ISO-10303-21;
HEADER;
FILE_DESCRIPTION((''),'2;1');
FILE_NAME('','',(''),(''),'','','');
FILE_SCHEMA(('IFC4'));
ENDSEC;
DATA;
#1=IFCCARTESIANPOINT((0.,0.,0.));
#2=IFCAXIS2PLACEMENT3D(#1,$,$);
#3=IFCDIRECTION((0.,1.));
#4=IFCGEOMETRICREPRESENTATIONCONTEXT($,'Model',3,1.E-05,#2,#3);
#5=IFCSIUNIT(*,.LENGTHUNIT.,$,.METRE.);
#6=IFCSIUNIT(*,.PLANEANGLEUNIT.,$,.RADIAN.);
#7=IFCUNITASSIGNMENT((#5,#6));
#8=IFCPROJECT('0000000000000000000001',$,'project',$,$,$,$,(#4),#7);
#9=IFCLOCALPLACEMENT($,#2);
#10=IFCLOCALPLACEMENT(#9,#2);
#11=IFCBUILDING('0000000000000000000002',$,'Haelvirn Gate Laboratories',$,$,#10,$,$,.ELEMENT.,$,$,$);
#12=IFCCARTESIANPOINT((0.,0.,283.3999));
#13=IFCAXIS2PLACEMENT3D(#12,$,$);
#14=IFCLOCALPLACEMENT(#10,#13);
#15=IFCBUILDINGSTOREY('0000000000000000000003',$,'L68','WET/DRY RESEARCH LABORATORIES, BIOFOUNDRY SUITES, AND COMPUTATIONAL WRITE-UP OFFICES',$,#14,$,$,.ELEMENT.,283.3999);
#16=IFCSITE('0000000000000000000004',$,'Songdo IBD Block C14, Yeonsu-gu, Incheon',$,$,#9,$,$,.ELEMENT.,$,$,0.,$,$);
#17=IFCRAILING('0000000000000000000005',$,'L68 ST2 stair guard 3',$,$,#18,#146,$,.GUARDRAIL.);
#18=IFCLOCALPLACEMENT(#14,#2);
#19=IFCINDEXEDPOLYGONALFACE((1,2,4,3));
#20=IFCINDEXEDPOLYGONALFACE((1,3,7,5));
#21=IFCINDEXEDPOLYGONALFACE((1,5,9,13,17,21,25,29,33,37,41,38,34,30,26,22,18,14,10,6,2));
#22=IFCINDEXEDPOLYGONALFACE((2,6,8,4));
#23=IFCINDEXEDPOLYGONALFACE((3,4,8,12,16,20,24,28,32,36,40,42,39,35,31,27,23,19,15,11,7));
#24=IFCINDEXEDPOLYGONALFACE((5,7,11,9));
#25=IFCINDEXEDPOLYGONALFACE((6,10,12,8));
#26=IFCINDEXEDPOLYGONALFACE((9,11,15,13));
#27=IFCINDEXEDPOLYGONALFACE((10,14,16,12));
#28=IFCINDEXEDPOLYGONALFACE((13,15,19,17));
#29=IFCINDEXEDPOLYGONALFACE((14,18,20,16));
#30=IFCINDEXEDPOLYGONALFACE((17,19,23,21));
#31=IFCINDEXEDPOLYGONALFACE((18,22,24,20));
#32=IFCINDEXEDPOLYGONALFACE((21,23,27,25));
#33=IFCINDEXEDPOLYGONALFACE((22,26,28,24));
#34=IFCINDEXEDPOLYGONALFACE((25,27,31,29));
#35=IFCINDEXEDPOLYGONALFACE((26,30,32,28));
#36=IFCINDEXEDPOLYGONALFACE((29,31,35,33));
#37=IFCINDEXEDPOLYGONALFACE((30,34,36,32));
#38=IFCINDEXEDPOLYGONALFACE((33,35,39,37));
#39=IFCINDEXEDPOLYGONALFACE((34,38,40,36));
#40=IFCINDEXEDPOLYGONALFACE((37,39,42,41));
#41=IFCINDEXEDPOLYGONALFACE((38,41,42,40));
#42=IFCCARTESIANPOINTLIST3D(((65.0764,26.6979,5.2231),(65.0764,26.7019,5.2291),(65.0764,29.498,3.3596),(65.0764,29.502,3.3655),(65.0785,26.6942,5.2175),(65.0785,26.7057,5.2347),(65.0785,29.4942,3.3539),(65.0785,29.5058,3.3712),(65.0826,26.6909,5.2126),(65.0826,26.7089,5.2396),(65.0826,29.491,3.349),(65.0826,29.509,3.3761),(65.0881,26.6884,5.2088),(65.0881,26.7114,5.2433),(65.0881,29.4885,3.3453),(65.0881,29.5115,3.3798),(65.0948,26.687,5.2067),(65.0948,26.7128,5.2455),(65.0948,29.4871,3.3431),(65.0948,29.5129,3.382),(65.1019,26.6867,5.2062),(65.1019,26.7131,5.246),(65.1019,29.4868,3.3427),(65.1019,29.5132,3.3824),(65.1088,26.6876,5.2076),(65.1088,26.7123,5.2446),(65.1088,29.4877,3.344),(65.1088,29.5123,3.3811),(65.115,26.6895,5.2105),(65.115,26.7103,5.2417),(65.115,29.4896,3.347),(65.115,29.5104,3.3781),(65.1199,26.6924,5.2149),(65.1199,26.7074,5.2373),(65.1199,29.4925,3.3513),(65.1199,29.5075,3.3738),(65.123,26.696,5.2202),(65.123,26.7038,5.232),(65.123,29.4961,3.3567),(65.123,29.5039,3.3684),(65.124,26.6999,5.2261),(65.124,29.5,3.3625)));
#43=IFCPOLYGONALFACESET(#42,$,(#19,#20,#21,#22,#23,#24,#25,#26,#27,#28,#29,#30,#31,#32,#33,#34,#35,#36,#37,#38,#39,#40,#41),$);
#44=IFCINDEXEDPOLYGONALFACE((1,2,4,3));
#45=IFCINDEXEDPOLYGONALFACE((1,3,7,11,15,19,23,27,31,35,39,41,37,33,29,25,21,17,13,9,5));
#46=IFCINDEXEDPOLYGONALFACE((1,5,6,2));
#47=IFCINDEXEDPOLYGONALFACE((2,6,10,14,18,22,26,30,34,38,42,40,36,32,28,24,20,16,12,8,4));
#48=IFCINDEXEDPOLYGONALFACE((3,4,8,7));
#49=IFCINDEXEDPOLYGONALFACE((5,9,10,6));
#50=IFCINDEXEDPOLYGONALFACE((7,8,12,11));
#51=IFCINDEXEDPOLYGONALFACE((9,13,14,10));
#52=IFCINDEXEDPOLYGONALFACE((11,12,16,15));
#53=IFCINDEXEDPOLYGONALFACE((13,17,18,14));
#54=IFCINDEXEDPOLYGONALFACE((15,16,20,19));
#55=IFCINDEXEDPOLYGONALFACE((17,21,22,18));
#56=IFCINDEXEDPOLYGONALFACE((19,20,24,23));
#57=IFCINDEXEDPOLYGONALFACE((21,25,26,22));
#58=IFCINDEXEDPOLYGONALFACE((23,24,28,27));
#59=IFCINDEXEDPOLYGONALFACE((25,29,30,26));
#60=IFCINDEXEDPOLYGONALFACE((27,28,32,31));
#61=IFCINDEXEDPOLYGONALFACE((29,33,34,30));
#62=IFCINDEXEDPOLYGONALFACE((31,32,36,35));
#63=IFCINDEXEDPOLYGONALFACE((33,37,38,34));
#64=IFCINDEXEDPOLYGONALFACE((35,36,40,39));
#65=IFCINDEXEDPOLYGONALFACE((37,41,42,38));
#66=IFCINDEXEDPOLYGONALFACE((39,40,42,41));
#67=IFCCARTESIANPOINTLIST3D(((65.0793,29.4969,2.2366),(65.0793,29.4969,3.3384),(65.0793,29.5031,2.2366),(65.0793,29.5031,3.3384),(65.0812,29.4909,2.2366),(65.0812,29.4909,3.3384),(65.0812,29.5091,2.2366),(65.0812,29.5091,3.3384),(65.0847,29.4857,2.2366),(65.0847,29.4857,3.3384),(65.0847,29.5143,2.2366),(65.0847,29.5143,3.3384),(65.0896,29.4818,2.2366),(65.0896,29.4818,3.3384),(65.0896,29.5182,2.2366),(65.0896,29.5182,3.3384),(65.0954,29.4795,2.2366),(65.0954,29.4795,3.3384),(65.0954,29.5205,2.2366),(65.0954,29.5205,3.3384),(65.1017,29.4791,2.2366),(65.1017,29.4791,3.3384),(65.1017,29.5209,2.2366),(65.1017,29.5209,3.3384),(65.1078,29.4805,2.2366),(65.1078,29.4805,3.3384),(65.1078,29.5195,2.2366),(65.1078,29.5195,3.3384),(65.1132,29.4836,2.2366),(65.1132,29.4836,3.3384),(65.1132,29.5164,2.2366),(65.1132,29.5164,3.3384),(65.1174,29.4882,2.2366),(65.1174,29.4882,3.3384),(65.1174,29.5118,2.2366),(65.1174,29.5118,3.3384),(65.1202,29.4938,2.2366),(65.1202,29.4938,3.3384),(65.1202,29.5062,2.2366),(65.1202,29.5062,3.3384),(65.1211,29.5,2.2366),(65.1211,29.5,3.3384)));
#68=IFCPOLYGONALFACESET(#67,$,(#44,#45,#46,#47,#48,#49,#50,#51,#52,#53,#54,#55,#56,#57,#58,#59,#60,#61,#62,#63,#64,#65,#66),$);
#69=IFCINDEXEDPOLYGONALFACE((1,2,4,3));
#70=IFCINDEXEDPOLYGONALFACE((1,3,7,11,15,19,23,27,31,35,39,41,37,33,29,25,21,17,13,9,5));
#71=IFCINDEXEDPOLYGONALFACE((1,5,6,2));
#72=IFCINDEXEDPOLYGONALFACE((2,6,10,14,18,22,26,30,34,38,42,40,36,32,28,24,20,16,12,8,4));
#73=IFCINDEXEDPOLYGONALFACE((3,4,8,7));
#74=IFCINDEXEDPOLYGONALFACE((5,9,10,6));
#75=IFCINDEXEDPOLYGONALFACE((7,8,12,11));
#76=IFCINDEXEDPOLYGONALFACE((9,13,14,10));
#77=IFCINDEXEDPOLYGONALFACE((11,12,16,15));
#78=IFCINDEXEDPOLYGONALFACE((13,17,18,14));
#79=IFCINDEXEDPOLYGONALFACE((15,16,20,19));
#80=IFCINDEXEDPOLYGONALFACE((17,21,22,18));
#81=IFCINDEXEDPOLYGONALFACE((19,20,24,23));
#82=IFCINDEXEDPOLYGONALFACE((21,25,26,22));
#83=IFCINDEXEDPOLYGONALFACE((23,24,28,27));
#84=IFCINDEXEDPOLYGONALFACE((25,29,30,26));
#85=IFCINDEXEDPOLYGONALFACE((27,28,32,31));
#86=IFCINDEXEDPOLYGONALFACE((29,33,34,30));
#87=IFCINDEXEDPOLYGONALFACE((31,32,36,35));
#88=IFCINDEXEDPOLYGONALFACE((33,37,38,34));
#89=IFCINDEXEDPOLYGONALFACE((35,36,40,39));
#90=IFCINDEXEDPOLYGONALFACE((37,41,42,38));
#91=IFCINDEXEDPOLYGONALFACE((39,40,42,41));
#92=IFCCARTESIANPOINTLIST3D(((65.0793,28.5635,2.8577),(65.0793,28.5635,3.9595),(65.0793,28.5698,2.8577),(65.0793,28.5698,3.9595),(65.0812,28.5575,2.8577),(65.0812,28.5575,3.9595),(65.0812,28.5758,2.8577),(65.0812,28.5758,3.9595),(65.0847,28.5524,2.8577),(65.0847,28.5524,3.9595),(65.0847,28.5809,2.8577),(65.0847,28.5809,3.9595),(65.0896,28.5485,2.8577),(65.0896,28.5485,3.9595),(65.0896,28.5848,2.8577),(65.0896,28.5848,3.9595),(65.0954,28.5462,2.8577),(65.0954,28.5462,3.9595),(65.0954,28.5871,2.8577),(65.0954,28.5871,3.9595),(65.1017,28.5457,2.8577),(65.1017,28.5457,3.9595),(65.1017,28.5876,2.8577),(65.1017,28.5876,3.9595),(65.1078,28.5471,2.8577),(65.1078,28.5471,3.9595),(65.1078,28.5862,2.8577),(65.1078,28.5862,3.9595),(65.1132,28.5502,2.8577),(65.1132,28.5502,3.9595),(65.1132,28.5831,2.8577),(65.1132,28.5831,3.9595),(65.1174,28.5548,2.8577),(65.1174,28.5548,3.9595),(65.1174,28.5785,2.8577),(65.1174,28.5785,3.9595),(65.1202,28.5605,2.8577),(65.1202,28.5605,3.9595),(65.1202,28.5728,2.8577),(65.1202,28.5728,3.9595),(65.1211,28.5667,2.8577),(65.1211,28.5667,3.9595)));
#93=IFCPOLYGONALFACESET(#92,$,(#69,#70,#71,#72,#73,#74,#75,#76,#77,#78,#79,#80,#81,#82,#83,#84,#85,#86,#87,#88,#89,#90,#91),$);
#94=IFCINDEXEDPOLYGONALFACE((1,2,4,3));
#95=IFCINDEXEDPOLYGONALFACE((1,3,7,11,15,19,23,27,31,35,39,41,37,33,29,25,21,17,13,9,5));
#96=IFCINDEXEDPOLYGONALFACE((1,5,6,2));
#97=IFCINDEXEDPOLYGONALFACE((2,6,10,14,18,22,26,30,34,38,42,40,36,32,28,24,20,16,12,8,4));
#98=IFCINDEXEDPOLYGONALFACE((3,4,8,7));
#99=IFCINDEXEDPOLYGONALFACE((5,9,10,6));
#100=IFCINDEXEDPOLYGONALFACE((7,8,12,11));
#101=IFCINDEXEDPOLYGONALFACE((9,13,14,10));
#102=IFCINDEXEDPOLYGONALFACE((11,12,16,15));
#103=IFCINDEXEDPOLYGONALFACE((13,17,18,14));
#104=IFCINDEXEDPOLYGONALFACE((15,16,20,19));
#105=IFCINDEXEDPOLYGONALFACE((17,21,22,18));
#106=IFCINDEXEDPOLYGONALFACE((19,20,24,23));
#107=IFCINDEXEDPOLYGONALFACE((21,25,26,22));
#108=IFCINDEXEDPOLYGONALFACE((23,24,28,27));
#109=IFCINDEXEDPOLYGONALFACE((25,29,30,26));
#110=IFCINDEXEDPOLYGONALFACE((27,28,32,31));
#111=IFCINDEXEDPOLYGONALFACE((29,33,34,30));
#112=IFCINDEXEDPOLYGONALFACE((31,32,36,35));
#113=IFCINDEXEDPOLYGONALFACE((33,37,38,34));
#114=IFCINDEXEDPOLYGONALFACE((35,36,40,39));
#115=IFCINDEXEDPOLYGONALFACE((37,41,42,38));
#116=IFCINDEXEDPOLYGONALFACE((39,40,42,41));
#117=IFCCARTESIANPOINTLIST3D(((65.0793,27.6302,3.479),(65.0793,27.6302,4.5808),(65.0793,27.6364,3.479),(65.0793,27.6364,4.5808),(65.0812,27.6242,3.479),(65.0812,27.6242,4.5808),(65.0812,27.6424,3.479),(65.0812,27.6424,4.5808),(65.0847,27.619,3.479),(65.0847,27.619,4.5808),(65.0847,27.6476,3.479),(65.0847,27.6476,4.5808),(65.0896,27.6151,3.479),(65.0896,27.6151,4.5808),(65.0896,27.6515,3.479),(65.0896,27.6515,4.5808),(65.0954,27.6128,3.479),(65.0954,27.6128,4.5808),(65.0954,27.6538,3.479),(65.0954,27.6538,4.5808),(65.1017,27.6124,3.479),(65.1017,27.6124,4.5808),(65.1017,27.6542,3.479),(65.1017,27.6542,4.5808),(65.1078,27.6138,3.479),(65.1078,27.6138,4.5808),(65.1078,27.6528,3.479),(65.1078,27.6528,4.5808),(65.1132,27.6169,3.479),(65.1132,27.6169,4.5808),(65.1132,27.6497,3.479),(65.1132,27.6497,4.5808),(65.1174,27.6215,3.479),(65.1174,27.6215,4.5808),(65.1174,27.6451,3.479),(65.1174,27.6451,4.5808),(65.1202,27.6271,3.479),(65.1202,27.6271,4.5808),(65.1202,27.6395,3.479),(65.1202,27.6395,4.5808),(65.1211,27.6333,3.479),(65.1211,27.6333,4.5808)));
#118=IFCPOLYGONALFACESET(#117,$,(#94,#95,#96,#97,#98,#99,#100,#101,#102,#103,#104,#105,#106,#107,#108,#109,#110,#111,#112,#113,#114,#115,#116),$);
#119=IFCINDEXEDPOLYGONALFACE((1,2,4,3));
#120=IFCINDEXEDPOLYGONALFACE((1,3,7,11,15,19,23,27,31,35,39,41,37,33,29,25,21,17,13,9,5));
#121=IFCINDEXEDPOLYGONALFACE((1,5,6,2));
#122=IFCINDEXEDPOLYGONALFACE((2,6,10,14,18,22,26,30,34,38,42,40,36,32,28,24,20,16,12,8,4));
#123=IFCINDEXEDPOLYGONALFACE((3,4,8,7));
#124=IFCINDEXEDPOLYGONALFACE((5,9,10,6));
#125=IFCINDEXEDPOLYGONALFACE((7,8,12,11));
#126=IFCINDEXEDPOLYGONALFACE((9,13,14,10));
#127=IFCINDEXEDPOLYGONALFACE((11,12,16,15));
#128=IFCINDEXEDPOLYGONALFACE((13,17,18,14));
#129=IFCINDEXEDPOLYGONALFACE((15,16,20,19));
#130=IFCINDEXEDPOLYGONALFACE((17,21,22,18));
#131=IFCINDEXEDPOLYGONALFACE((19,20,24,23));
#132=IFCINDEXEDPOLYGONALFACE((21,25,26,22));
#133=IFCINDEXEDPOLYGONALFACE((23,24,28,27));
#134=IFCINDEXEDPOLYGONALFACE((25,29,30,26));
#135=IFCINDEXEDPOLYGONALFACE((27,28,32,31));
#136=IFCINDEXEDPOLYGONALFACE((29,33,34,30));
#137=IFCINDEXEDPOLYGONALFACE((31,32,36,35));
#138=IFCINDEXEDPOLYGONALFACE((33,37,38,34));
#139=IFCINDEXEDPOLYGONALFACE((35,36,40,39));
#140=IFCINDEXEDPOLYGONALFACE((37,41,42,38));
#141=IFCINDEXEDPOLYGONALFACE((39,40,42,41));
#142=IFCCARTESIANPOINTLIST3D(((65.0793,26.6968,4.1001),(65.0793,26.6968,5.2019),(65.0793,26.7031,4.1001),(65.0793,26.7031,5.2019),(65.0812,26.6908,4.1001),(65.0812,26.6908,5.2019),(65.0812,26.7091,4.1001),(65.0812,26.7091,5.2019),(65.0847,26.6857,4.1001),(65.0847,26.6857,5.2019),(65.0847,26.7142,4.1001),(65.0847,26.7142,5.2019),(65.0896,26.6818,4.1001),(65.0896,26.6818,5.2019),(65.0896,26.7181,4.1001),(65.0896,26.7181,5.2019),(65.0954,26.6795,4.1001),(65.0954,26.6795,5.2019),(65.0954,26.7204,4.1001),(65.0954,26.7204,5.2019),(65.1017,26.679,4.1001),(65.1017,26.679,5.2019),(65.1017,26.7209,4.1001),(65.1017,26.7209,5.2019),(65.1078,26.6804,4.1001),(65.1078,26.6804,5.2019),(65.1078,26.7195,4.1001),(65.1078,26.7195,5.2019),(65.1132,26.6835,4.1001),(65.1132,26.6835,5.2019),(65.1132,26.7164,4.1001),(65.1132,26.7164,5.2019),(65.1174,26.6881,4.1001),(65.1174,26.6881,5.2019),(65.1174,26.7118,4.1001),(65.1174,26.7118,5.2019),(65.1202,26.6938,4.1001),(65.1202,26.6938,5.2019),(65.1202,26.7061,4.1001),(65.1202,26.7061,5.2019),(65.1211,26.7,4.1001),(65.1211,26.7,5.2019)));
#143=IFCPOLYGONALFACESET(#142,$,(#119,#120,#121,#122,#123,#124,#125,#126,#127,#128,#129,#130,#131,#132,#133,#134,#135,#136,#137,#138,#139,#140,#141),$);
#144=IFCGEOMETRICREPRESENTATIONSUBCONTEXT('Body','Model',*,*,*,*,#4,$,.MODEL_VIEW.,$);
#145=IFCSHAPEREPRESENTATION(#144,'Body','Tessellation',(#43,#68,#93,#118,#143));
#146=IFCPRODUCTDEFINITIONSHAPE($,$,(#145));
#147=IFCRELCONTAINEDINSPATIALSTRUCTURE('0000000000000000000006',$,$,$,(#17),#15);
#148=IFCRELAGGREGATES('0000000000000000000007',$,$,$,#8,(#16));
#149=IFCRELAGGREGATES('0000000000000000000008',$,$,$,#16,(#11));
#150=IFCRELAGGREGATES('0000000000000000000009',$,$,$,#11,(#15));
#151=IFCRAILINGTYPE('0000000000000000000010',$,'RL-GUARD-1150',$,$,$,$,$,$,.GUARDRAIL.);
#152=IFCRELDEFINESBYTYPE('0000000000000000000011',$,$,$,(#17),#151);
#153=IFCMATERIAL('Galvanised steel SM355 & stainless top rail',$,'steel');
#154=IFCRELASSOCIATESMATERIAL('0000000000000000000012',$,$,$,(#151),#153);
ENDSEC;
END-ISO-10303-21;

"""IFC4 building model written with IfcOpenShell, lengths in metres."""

from ifc_helpers import new_model, si_unit, direction, frame, origin, origin_2d, place, context, subcontext, project, spatial, circle, extrude, source, transform, mapped, material, type_object, element, save


model = new_model("IFC4")

# Units and contexts
model_context = context("Model", 3, precision=1e-05, world=origin(), true_north=direction((0.0, 1.0)))
body_context = subcontext(model_context, "Body", "Model", "MODEL_VIEW")
ifc_project = project(units=[si_unit("LENGTHUNIT", "METRE"), si_unit("PLANEANGLEUNIT", "RADIAN")], contexts=[model_context])

# Site, building, storey
site_placement = place(None, origin())
site = spatial("IfcSite", under=ifc_project, at=site_placement, Name="Songdo IBD Block C14, Yeonsu-gu, Incheon", CompositionType="ELEMENT", RefElevation=0.0)
building_placement = place(site_placement, origin())
building = spatial("IfcBuilding", under=site, at=building_placement, Name="Haelvirn Gate Laboratories", CompositionType="ELEMENT")
storey_placement = place(building_placement, frame((0.0, 0.0, 283.3999)))
storey = spatial("IfcBuildingStorey", under=building, at=storey_placement, Name="L68", Description="WET/DRY RESEARCH LABORATORIES, BIOFOUNDRY SUITES, AND COMPUTATIONAL WRITE-UP OFFICES", CompositionType="ELEMENT", Elevation=283.3999)

# Railing
ifc_material_1 = material(Name="Galvanised steel SM355 & stainless top rail", Category="steel")
railing_type_1 = type_object("IfcRailingType", Name="RL-GUARD-1150", PredefinedType="GUARDRAIL", material=ifc_material_1)
shared_shape_1 = source(origin(), body_context, "Body", "SweptSolid", [
    extrude(circle(Radius=0.0239, at=origin_2d()), frame((0.0, 0.0, 1.126), z_axis=(0.0, -0.832486, 0.554047), x_axis=(1.0, 0.0, 0.0)), (0.0, 0.0, 1.0), 3.3635),
    extrude(circle(Radius=0.021, at=origin_2d()), origin(), (0.0, 0.0, 1.0), 1.1018),
    extrude(circle(Radius=0.021, at=origin_2d()), frame((0.0, -0.9333, 0.6211)), (0.0, 0.0, 1.0), 1.1018),
    extrude(circle(Radius=0.021, at=origin_2d()), frame((0.0, -1.8667, 1.2424)), (0.0, 0.0, 1.0), 1.1018),
    extrude(circle(Radius=0.021, at=origin_2d()), frame((0.0, -2.8, 1.8635)), (0.0, 0.0, 1.0), 1.1018),
])
railing_1_placement = place(storey_placement, frame((65.1001, 29.5, 2.2366)))
element("IfcRailing", 1, at=railing_1_placement, inside=storey, type_object=railing_type_1, Name="L68 ST2 stair guard 3", PredefinedType="GUARDRAIL", context=body_context, shape_type="MappedRepresentation", body=[
    mapped(shared_shape_1, transform((0.0, 0.0, 0.0), scale=1.0)),
])

save(model, "model.ifc")
